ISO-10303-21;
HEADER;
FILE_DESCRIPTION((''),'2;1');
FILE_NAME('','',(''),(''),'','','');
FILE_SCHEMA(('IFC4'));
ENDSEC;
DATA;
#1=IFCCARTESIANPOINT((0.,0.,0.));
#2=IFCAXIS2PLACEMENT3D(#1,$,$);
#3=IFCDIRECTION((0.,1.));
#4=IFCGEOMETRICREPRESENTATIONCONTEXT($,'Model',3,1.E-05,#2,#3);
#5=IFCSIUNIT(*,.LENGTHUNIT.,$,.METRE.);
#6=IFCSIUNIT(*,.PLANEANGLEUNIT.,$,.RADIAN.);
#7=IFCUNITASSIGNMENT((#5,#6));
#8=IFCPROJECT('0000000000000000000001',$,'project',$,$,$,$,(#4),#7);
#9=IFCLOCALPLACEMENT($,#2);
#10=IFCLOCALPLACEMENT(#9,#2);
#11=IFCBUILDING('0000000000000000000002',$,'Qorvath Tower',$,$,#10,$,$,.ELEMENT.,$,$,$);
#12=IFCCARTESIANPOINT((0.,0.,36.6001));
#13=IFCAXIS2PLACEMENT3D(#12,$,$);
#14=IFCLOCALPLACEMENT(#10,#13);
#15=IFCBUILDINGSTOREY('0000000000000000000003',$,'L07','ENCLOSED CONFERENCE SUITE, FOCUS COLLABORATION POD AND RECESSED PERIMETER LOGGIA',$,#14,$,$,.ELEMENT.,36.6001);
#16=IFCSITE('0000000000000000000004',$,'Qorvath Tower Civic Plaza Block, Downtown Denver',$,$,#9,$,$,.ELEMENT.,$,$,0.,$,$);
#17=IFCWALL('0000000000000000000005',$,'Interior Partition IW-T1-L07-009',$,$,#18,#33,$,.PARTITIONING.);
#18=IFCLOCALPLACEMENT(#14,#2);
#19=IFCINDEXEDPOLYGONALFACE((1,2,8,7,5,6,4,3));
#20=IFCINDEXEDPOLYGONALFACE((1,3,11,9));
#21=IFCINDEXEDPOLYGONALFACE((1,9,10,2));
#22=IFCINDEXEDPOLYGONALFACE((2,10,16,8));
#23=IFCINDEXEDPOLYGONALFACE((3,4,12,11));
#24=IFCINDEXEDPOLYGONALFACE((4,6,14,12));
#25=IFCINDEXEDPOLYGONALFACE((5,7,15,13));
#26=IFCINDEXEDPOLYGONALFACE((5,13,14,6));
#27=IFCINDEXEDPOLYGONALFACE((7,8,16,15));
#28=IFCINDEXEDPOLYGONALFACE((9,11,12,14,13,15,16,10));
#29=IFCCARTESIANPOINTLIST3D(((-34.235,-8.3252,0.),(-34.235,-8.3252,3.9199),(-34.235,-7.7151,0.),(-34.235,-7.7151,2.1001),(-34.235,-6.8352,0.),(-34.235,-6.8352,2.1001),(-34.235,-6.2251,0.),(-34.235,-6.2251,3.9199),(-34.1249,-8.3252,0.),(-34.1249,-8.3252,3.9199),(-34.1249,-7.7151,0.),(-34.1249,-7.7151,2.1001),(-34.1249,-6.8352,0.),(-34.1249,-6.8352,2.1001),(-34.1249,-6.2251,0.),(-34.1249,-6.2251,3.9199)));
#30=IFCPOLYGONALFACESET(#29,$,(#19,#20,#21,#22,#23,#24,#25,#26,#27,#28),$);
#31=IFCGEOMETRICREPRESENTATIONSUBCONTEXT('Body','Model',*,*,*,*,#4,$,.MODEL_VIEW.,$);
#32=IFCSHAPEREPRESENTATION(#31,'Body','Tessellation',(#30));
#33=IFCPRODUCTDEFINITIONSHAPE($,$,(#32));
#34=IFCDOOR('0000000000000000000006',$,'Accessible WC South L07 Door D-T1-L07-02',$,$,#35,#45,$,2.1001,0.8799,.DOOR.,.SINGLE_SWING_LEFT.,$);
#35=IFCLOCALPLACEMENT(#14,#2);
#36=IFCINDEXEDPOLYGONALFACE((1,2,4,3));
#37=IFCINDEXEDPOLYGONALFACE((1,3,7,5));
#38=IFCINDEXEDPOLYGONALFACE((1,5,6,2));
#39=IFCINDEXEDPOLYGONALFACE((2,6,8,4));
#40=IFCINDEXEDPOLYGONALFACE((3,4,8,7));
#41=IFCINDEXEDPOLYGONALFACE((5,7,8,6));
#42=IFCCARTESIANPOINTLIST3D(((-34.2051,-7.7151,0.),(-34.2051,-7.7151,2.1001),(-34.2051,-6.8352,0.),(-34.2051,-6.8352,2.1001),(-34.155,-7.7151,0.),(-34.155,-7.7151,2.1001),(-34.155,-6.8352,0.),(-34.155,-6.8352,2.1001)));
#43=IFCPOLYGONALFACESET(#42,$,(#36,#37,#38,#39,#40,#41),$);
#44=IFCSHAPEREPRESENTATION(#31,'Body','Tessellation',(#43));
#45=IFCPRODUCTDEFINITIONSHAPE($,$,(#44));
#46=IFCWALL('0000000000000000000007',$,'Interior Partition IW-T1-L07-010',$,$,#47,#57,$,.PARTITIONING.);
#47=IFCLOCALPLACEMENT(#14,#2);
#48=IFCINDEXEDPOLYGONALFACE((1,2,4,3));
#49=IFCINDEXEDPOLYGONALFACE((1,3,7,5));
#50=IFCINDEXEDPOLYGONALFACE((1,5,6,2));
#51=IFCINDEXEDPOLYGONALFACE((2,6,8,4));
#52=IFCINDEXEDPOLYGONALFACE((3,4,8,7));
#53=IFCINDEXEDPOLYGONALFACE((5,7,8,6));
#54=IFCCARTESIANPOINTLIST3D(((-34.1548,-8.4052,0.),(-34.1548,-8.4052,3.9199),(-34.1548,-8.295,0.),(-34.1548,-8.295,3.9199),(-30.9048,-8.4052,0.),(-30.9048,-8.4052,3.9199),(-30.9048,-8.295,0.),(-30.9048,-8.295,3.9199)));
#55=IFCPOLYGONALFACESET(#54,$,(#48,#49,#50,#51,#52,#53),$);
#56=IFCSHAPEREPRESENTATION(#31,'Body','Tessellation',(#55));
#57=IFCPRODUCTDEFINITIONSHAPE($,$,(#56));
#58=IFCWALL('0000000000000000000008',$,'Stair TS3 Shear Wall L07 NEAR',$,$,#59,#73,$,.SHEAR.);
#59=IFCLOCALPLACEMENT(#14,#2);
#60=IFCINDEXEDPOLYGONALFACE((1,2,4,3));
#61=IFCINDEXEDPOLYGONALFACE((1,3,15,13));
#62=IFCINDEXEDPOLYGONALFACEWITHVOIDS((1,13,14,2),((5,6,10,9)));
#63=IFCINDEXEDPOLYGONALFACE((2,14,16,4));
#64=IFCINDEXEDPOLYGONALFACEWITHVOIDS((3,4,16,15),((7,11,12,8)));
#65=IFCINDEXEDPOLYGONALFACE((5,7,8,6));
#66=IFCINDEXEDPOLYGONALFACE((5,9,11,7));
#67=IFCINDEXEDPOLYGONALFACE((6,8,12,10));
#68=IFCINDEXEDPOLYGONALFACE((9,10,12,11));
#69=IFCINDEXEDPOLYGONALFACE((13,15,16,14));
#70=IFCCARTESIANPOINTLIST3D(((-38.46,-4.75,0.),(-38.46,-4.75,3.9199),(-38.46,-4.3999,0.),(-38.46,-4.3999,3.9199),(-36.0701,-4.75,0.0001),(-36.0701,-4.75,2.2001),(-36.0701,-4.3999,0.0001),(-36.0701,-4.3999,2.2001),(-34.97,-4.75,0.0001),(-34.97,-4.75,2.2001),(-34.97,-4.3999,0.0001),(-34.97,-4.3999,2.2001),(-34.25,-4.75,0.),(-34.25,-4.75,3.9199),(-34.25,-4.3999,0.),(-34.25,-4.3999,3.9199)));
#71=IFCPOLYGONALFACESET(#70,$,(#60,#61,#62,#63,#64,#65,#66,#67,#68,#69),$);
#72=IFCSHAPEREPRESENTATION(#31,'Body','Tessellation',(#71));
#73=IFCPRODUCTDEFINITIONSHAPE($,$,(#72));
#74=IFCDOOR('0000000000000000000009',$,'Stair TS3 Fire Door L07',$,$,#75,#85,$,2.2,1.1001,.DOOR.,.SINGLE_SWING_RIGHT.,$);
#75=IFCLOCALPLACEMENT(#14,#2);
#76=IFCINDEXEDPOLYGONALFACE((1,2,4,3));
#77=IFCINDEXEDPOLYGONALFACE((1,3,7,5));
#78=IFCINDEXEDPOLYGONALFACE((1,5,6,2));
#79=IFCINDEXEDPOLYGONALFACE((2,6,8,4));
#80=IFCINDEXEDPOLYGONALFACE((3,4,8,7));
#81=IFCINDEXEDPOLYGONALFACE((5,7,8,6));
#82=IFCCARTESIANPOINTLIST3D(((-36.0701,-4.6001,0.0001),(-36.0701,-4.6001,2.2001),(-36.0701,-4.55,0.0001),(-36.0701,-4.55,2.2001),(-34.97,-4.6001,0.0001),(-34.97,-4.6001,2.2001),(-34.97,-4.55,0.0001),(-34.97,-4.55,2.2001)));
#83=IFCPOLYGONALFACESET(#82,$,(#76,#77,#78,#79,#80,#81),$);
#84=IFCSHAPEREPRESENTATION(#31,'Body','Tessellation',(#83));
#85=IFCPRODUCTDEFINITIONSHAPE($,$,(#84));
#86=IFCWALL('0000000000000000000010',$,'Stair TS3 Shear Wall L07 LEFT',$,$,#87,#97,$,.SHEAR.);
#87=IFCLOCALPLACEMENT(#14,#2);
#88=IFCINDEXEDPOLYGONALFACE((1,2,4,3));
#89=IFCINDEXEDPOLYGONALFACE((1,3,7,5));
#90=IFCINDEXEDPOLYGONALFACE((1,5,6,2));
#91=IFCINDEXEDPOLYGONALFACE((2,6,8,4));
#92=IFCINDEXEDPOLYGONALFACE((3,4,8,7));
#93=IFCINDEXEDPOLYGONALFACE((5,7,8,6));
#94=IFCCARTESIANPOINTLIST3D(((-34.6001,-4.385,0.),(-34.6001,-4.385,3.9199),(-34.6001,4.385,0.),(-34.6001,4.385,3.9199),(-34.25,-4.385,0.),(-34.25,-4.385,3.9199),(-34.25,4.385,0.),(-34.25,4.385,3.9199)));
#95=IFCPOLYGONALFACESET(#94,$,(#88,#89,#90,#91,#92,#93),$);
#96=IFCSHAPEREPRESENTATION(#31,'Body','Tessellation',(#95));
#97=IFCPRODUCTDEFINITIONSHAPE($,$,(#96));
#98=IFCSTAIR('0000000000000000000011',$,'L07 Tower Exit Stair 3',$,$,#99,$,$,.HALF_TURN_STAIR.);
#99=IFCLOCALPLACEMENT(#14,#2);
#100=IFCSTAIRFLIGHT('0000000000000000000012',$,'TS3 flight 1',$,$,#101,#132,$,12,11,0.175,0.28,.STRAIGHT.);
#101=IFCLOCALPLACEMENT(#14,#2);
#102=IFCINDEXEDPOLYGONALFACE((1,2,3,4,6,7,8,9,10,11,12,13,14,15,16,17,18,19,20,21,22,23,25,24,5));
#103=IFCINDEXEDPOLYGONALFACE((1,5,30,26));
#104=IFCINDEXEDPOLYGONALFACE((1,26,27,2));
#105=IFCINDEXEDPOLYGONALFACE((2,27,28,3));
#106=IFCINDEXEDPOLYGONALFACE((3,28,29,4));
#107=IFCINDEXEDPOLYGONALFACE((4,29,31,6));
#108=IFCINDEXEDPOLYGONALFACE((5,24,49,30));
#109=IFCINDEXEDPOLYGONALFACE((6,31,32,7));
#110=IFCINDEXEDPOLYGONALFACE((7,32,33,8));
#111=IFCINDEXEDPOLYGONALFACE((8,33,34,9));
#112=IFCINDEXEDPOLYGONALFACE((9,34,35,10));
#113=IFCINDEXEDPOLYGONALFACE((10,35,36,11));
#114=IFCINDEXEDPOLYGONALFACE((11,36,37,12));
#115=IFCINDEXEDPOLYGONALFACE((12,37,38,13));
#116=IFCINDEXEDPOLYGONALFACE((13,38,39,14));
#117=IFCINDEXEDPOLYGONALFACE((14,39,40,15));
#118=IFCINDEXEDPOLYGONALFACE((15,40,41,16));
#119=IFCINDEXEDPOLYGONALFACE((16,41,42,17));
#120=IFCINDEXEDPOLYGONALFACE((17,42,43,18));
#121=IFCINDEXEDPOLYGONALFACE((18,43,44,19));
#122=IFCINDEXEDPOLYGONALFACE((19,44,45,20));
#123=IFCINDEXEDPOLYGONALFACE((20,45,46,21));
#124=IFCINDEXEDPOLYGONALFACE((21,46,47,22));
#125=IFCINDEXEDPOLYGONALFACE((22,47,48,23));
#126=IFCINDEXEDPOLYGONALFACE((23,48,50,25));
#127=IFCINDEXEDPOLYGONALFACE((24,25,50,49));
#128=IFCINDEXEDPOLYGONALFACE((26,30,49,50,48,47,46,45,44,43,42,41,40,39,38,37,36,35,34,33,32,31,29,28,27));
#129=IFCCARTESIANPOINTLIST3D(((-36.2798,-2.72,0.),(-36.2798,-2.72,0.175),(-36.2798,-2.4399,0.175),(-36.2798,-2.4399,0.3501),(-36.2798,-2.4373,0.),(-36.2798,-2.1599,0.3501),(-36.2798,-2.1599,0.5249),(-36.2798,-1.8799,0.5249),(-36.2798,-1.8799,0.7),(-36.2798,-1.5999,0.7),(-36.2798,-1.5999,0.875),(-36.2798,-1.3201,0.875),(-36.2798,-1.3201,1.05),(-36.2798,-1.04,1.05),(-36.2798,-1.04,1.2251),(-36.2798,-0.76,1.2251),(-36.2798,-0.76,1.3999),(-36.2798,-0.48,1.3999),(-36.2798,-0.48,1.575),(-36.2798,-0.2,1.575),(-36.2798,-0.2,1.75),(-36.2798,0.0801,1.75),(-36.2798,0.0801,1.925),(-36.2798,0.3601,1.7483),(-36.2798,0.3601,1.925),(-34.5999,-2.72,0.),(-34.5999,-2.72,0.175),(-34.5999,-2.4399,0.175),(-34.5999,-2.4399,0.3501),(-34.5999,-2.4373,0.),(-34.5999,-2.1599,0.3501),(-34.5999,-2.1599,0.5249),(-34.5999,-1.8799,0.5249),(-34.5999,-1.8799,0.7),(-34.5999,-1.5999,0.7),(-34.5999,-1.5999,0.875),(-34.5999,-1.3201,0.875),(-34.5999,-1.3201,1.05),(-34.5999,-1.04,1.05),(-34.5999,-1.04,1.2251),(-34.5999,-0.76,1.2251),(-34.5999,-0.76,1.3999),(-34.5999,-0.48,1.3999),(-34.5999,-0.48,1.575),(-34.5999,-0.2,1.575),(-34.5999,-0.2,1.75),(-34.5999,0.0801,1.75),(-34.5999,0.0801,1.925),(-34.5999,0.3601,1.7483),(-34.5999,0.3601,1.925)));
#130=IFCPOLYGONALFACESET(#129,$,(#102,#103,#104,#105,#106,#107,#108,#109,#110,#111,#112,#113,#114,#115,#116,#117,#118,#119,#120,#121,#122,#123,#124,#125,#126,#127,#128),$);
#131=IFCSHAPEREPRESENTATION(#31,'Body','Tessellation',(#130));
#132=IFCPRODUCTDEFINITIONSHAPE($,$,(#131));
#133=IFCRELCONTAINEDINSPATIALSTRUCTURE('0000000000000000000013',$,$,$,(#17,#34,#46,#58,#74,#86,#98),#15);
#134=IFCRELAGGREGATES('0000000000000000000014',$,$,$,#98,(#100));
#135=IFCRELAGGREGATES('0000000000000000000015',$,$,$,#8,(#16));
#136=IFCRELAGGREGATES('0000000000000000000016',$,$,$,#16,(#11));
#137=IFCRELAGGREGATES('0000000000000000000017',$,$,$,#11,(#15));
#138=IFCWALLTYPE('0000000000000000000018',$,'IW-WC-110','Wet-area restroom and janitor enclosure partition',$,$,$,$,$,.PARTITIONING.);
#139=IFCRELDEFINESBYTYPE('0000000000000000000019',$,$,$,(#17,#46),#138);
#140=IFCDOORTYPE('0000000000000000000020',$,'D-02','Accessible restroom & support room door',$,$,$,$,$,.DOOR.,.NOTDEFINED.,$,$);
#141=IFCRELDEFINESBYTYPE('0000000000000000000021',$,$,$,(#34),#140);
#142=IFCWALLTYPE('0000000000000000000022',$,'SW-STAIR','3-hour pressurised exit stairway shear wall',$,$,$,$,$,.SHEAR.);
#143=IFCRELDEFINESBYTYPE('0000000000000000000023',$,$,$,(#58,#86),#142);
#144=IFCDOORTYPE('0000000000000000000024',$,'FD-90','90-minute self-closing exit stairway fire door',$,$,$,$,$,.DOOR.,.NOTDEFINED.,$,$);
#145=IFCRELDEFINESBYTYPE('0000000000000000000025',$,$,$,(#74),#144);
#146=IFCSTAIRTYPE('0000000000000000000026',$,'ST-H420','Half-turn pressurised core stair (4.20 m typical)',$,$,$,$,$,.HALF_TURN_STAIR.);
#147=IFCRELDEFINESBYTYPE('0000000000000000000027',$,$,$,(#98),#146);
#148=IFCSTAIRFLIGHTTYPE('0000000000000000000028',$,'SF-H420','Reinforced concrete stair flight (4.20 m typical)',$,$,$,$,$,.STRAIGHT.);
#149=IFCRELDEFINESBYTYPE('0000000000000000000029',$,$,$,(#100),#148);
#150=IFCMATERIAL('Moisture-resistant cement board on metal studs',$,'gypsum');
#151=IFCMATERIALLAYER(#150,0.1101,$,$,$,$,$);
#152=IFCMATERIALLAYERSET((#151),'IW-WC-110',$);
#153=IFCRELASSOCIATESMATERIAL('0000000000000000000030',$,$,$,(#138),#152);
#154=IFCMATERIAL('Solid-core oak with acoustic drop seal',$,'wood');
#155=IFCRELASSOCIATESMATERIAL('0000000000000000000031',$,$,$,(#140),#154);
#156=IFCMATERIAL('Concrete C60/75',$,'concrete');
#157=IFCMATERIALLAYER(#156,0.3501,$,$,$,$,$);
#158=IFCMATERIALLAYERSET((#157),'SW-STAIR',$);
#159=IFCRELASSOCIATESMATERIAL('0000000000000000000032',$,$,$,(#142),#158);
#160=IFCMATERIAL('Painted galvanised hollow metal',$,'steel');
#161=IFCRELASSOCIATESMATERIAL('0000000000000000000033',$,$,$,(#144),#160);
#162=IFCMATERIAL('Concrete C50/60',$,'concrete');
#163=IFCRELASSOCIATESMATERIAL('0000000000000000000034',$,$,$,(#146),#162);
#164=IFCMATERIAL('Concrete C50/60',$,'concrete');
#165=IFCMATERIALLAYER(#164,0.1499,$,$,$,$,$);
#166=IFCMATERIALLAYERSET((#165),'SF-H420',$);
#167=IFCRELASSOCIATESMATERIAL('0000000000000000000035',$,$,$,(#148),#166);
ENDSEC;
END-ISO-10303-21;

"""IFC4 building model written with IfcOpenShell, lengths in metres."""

from ifc_helpers import new_model, si_unit, direction, frame, frame_2d, origin, place, context, subcontext, project, spatial, polyline, rectangle, outline, extrude, material, layer, layer_set, type_object, element, fill, aggregate, save


model = new_model("IFC4")

# Units and contexts
model_context = context("Model", 3, precision=1e-05, world=origin(), true_north=direction((0.0, 1.0)))
body_context = subcontext(model_context, "Body", "Model", "MODEL_VIEW")
ifc_project = project(units=[si_unit("LENGTHUNIT", "METRE"), si_unit("PLANEANGLEUNIT", "RADIAN")], contexts=[model_context])

# Site, building, storey
site_placement = place(None, origin())
site = spatial("IfcSite", under=ifc_project, at=site_placement, Name="Qorvath Tower Civic Plaza Block, Downtown Denver", CompositionType="ELEMENT", RefElevation=0.0)
building_placement = place(site_placement, origin())
building = spatial("IfcBuilding", under=site, at=building_placement, Name="Qorvath Tower", CompositionType="ELEMENT")
storey_placement = place(building_placement, frame((0.0, 0.0, 36.6001)))
storey = spatial("IfcBuildingStorey", under=building, at=storey_placement, Name="L07", Description="ENCLOSED CONFERENCE SUITE, FOCUS COLLABORATION POD AND RECESSED PERIMETER LOGGIA", CompositionType="ELEMENT", Elevation=36.6001)

# Wall, opening, door
ifc_material_1 = material(Name="Moisture-resistant cement board on metal studs", Category="gypsum")
ifc_layer_1 = layer(ifc_material_1, 0.1101)
ifc_layer_set_1 = layer_set([ifc_layer_1], Name="IW-WC-110")
wall_type_1 = type_object("IfcWallType", Name="IW-WC-110", Description="Wet-area restroom and janitor enclosure partition", PredefinedType="PARTITIONING", material=ifc_layer_set_1)
wall_1_placement = place(storey_placement, frame((-34.1799, -6.2251, 0.0), z_axis=(0.0, 0.0, 1.0), x_axis=(0.0, -1.0, 0.0)))
wall_1 = element("IfcWall", 1, at=wall_1_placement, inside=storey, type_object=wall_type_1, Name="Interior Partition IW-T1-L07-009", PredefinedType="PARTITIONING", context=body_context, shape_type="SweptSolid", body=[
    extrude(rectangle(XDim=2.1001, YDim=0.1101, at=frame_2d((1.05, 0.0))), origin(), (0.0, 0.0, 1.0), 3.9199),
])
opening_1_placement = place(wall_1_placement, frame((0.6101, 0.0, 0.0)))
opening_1 = element("IfcOpeningElement", 2, at=opening_1_placement, cuts=wall_1, PredefinedType="OPENING", context=body_context, shape_type="SweptSolid", body=[
    extrude(rectangle(XDim=0.8799, YDim=2.1001, at=frame_2d((0.4399, 1.05))), frame((0.0, 0.0649, 0.0), z_axis=(0.0, -1.0, 0.0), x_axis=(1.0, 0.0, 0.0)), (0.0, 0.0, 1.0), 0.1301),
])
ifc_material_2 = material(Name="Solid-core oak with acoustic drop seal", Category="wood")
door_type_1 = type_object("IfcDoorType", Name="D-02", Description="Accessible restroom & support room door", OperationType="NOTDEFINED", PredefinedType="DOOR", material=ifc_material_2)
door_1_placement = place(opening_1_placement, origin())
door_1 = element("IfcDoor", 3, at=door_1_placement, inside=storey, type_object=door_type_1, Name="Accessible WC South L07 Door D-T1-L07-02", OperationType="SINGLE_SWING_LEFT", OverallHeight=2.1001, OverallWidth=0.8799, PredefinedType="DOOR", context=body_context, shape_type="SweptSolid", body=[
    extrude(rectangle(XDim=0.8799, YDim=2.1001, at=frame_2d((0.4399, 1.05))), frame((0.0, 0.0249, 0.0), z_axis=(0.0, -1.0, 0.0), x_axis=(1.0, 0.0, 0.0)), (0.0, 0.0, 1.0), 0.05),
])
fill(opening_1, door_1)

# Wall
wall_2_placement = place(storey_placement, frame((-34.1548, -8.3501, 0.0), z_axis=(0.0, 0.0, 1.0), x_axis=(1.0, 0.0, 0.0)))
element("IfcWall", 4, at=wall_2_placement, inside=storey, type_object=wall_type_1, Name="Interior Partition IW-T1-L07-010", PredefinedType="PARTITIONING", context=body_context, shape_type="SweptSolid", body=[
    extrude(rectangle(XDim=3.25, YDim=0.1101, at=frame_2d((1.625, 0.0))), origin(), (0.0, 0.0, 1.0), 3.9199),
])

# Wall, opening, door
ifc_material_3 = material(Name="Concrete C60/75", Category="concrete")
ifc_layer_2 = layer(ifc_material_3, 0.3501)
ifc_layer_set_2 = layer_set([ifc_layer_2], Name="SW-STAIR")
wall_type_2 = type_object("IfcWallType", Name="SW-STAIR", Description="3-hour pressurised exit stairway shear wall", PredefinedType="SHEAR", material=ifc_layer_set_2)
wall_3_placement = place(storey_placement, frame((-38.46, -4.575, 0.0), z_axis=(0.0, 0.0, 1.0), x_axis=(1.0, 0.0, 0.0)))
wall_3 = element("IfcWall", 5, at=wall_3_placement, inside=storey, type_object=wall_type_2, Name="Stair TS3 Shear Wall L07 NEAR", PredefinedType="SHEAR", context=body_context, shape_type="SweptSolid", body=[
    extrude(rectangle(XDim=4.21, YDim=0.3501, at=frame_2d((2.105, 0.0))), origin(), (0.0, 0.0, 1.0), 3.9199),
])
opening_2_placement = place(wall_3_placement, frame((2.3899, 0.0, 0.0)))
opening_2 = element("IfcOpeningElement", 6, at=opening_2_placement, cuts=wall_3, PredefinedType="OPENING", context=body_context, shape_type="SweptSolid", body=[
    extrude(rectangle(XDim=1.1001, YDim=2.2, at=frame_2d((0.55, 1.1001))), frame((0.0, 0.1851, 0.0), z_axis=(0.0, -1.0, 0.0), x_axis=(1.0, 0.0, 0.0)), (0.0, 0.0, 1.0), 0.3701),
])
ifc_material_4 = material(Name="Painted galvanised hollow metal", Category="steel")
door_type_2 = type_object("IfcDoorType", Name="FD-90", Description="90-minute self-closing exit stairway fire door", OperationType="NOTDEFINED", PredefinedType="DOOR", material=ifc_material_4)
door_2_placement = place(opening_2_placement, origin())
door_2 = element("IfcDoor", 7, at=door_2_placement, inside=storey, type_object=door_type_2, Name="Stair TS3 Fire Door L07", OperationType="SINGLE_SWING_RIGHT", OverallHeight=2.2, OverallWidth=1.1001, PredefinedType="DOOR", context=body_context, shape_type="SweptSolid", body=[
    extrude(rectangle(XDim=1.1001, YDim=2.2, at=frame_2d((0.55, 1.1001))), frame((0.0, 0.0249, 0.0), z_axis=(0.0, -1.0, 0.0), x_axis=(1.0, 0.0, 0.0)), (0.0, 0.0, 1.0), 0.05),
])
fill(opening_2, door_2)

# Wall
wall_4_placement = place(storey_placement, frame((-34.425, -4.385, 0.0), z_axis=(0.0, 0.0, 1.0), x_axis=(0.0, 1.0, 0.0)))
element("IfcWall", 8, at=wall_4_placement, inside=storey, type_object=wall_type_2, Name="Stair TS3 Shear Wall L07 LEFT", PredefinedType="SHEAR", context=body_context, shape_type="SweptSolid", body=[
    extrude(rectangle(XDim=8.77, YDim=0.3501, at=frame_2d((4.385, 0.0))), origin(), (0.0, 0.0, 1.0), 3.9199),
])

# Stair, stair flight
ifc_material_5 = material(Name="Concrete C50/60", Category="concrete")
stair_type = type_object("IfcStairType", Name="ST-H420", Description="Half-turn pressurised core stair (4.20 m typical)", PredefinedType="HALF_TURN_STAIR", material=ifc_material_5)
stair_placement = place(storey_placement, origin())
stair = element("IfcStair", 9, at=stair_placement, inside=storey, type_object=stair_type, Name="L07 Tower Exit Stair 3", PredefinedType="HALF_TURN_STAIR")
ifc_material_6 = material(Name="Concrete C50/60", Category="concrete")
ifc_layer_3 = layer(ifc_material_6, 0.1499)
ifc_layer_set_3 = layer_set([ifc_layer_3], Name="SF-H420")
stair_flight_type = type_object("IfcStairFlightType", Name="SF-H420", Description="Reinforced concrete stair flight (4.20 m typical)", PredefinedType="STRAIGHT", material=ifc_layer_set_3)
stair_flight_placement = place(storey_placement, frame((-35.4399, -2.72, 0.0), z_axis=(0.0, 0.0, 1.0), x_axis=(0.0, 1.0, 0.0)))
stair_flight = element("IfcStairFlight", 10, at=stair_flight_placement, type_object=stair_flight_type, Name="TS3 flight 1", NumberOfRisers=12, NumberOfTreads=11, PredefinedType="STRAIGHT", RiserHeight=0.175, TreadLength=0.28, context=body_context, shape_type="SweptSolid", body=[
    extrude(outline(polyline([(0.0, 0.0), (0.0, 0.175), (0.28, 0.175), (0.28, 0.3501), (0.5601, 0.3501), (0.5601, 0.5249), (0.8401, 0.5249), (0.8401, 0.7), (1.1201, 0.7), (1.1201, 0.875), (1.3999, 0.875), (1.3999, 1.05), (1.6799, 1.05), (1.6799, 1.2251), (1.96, 1.2251), (1.96, 1.3999), (2.24, 1.3999), (2.24, 1.575), (2.52, 1.575), (2.52, 1.75), (2.8, 1.75), (2.8, 1.925), (3.0801, 1.925), (3.0801, 2.1001), (3.0801, 1.7483), (0.2827, 0.0), (0.0, 0.0)])), frame((0.0, 0.8398, 0.0), z_axis=(0.0, -1.0, 0.0), x_axis=(1.0, 0.0, 0.0)), (0.0, 0.0, 1.0), 1.6799),
])
aggregate(stair, [stair_flight])

save(model, "model.ifc")
